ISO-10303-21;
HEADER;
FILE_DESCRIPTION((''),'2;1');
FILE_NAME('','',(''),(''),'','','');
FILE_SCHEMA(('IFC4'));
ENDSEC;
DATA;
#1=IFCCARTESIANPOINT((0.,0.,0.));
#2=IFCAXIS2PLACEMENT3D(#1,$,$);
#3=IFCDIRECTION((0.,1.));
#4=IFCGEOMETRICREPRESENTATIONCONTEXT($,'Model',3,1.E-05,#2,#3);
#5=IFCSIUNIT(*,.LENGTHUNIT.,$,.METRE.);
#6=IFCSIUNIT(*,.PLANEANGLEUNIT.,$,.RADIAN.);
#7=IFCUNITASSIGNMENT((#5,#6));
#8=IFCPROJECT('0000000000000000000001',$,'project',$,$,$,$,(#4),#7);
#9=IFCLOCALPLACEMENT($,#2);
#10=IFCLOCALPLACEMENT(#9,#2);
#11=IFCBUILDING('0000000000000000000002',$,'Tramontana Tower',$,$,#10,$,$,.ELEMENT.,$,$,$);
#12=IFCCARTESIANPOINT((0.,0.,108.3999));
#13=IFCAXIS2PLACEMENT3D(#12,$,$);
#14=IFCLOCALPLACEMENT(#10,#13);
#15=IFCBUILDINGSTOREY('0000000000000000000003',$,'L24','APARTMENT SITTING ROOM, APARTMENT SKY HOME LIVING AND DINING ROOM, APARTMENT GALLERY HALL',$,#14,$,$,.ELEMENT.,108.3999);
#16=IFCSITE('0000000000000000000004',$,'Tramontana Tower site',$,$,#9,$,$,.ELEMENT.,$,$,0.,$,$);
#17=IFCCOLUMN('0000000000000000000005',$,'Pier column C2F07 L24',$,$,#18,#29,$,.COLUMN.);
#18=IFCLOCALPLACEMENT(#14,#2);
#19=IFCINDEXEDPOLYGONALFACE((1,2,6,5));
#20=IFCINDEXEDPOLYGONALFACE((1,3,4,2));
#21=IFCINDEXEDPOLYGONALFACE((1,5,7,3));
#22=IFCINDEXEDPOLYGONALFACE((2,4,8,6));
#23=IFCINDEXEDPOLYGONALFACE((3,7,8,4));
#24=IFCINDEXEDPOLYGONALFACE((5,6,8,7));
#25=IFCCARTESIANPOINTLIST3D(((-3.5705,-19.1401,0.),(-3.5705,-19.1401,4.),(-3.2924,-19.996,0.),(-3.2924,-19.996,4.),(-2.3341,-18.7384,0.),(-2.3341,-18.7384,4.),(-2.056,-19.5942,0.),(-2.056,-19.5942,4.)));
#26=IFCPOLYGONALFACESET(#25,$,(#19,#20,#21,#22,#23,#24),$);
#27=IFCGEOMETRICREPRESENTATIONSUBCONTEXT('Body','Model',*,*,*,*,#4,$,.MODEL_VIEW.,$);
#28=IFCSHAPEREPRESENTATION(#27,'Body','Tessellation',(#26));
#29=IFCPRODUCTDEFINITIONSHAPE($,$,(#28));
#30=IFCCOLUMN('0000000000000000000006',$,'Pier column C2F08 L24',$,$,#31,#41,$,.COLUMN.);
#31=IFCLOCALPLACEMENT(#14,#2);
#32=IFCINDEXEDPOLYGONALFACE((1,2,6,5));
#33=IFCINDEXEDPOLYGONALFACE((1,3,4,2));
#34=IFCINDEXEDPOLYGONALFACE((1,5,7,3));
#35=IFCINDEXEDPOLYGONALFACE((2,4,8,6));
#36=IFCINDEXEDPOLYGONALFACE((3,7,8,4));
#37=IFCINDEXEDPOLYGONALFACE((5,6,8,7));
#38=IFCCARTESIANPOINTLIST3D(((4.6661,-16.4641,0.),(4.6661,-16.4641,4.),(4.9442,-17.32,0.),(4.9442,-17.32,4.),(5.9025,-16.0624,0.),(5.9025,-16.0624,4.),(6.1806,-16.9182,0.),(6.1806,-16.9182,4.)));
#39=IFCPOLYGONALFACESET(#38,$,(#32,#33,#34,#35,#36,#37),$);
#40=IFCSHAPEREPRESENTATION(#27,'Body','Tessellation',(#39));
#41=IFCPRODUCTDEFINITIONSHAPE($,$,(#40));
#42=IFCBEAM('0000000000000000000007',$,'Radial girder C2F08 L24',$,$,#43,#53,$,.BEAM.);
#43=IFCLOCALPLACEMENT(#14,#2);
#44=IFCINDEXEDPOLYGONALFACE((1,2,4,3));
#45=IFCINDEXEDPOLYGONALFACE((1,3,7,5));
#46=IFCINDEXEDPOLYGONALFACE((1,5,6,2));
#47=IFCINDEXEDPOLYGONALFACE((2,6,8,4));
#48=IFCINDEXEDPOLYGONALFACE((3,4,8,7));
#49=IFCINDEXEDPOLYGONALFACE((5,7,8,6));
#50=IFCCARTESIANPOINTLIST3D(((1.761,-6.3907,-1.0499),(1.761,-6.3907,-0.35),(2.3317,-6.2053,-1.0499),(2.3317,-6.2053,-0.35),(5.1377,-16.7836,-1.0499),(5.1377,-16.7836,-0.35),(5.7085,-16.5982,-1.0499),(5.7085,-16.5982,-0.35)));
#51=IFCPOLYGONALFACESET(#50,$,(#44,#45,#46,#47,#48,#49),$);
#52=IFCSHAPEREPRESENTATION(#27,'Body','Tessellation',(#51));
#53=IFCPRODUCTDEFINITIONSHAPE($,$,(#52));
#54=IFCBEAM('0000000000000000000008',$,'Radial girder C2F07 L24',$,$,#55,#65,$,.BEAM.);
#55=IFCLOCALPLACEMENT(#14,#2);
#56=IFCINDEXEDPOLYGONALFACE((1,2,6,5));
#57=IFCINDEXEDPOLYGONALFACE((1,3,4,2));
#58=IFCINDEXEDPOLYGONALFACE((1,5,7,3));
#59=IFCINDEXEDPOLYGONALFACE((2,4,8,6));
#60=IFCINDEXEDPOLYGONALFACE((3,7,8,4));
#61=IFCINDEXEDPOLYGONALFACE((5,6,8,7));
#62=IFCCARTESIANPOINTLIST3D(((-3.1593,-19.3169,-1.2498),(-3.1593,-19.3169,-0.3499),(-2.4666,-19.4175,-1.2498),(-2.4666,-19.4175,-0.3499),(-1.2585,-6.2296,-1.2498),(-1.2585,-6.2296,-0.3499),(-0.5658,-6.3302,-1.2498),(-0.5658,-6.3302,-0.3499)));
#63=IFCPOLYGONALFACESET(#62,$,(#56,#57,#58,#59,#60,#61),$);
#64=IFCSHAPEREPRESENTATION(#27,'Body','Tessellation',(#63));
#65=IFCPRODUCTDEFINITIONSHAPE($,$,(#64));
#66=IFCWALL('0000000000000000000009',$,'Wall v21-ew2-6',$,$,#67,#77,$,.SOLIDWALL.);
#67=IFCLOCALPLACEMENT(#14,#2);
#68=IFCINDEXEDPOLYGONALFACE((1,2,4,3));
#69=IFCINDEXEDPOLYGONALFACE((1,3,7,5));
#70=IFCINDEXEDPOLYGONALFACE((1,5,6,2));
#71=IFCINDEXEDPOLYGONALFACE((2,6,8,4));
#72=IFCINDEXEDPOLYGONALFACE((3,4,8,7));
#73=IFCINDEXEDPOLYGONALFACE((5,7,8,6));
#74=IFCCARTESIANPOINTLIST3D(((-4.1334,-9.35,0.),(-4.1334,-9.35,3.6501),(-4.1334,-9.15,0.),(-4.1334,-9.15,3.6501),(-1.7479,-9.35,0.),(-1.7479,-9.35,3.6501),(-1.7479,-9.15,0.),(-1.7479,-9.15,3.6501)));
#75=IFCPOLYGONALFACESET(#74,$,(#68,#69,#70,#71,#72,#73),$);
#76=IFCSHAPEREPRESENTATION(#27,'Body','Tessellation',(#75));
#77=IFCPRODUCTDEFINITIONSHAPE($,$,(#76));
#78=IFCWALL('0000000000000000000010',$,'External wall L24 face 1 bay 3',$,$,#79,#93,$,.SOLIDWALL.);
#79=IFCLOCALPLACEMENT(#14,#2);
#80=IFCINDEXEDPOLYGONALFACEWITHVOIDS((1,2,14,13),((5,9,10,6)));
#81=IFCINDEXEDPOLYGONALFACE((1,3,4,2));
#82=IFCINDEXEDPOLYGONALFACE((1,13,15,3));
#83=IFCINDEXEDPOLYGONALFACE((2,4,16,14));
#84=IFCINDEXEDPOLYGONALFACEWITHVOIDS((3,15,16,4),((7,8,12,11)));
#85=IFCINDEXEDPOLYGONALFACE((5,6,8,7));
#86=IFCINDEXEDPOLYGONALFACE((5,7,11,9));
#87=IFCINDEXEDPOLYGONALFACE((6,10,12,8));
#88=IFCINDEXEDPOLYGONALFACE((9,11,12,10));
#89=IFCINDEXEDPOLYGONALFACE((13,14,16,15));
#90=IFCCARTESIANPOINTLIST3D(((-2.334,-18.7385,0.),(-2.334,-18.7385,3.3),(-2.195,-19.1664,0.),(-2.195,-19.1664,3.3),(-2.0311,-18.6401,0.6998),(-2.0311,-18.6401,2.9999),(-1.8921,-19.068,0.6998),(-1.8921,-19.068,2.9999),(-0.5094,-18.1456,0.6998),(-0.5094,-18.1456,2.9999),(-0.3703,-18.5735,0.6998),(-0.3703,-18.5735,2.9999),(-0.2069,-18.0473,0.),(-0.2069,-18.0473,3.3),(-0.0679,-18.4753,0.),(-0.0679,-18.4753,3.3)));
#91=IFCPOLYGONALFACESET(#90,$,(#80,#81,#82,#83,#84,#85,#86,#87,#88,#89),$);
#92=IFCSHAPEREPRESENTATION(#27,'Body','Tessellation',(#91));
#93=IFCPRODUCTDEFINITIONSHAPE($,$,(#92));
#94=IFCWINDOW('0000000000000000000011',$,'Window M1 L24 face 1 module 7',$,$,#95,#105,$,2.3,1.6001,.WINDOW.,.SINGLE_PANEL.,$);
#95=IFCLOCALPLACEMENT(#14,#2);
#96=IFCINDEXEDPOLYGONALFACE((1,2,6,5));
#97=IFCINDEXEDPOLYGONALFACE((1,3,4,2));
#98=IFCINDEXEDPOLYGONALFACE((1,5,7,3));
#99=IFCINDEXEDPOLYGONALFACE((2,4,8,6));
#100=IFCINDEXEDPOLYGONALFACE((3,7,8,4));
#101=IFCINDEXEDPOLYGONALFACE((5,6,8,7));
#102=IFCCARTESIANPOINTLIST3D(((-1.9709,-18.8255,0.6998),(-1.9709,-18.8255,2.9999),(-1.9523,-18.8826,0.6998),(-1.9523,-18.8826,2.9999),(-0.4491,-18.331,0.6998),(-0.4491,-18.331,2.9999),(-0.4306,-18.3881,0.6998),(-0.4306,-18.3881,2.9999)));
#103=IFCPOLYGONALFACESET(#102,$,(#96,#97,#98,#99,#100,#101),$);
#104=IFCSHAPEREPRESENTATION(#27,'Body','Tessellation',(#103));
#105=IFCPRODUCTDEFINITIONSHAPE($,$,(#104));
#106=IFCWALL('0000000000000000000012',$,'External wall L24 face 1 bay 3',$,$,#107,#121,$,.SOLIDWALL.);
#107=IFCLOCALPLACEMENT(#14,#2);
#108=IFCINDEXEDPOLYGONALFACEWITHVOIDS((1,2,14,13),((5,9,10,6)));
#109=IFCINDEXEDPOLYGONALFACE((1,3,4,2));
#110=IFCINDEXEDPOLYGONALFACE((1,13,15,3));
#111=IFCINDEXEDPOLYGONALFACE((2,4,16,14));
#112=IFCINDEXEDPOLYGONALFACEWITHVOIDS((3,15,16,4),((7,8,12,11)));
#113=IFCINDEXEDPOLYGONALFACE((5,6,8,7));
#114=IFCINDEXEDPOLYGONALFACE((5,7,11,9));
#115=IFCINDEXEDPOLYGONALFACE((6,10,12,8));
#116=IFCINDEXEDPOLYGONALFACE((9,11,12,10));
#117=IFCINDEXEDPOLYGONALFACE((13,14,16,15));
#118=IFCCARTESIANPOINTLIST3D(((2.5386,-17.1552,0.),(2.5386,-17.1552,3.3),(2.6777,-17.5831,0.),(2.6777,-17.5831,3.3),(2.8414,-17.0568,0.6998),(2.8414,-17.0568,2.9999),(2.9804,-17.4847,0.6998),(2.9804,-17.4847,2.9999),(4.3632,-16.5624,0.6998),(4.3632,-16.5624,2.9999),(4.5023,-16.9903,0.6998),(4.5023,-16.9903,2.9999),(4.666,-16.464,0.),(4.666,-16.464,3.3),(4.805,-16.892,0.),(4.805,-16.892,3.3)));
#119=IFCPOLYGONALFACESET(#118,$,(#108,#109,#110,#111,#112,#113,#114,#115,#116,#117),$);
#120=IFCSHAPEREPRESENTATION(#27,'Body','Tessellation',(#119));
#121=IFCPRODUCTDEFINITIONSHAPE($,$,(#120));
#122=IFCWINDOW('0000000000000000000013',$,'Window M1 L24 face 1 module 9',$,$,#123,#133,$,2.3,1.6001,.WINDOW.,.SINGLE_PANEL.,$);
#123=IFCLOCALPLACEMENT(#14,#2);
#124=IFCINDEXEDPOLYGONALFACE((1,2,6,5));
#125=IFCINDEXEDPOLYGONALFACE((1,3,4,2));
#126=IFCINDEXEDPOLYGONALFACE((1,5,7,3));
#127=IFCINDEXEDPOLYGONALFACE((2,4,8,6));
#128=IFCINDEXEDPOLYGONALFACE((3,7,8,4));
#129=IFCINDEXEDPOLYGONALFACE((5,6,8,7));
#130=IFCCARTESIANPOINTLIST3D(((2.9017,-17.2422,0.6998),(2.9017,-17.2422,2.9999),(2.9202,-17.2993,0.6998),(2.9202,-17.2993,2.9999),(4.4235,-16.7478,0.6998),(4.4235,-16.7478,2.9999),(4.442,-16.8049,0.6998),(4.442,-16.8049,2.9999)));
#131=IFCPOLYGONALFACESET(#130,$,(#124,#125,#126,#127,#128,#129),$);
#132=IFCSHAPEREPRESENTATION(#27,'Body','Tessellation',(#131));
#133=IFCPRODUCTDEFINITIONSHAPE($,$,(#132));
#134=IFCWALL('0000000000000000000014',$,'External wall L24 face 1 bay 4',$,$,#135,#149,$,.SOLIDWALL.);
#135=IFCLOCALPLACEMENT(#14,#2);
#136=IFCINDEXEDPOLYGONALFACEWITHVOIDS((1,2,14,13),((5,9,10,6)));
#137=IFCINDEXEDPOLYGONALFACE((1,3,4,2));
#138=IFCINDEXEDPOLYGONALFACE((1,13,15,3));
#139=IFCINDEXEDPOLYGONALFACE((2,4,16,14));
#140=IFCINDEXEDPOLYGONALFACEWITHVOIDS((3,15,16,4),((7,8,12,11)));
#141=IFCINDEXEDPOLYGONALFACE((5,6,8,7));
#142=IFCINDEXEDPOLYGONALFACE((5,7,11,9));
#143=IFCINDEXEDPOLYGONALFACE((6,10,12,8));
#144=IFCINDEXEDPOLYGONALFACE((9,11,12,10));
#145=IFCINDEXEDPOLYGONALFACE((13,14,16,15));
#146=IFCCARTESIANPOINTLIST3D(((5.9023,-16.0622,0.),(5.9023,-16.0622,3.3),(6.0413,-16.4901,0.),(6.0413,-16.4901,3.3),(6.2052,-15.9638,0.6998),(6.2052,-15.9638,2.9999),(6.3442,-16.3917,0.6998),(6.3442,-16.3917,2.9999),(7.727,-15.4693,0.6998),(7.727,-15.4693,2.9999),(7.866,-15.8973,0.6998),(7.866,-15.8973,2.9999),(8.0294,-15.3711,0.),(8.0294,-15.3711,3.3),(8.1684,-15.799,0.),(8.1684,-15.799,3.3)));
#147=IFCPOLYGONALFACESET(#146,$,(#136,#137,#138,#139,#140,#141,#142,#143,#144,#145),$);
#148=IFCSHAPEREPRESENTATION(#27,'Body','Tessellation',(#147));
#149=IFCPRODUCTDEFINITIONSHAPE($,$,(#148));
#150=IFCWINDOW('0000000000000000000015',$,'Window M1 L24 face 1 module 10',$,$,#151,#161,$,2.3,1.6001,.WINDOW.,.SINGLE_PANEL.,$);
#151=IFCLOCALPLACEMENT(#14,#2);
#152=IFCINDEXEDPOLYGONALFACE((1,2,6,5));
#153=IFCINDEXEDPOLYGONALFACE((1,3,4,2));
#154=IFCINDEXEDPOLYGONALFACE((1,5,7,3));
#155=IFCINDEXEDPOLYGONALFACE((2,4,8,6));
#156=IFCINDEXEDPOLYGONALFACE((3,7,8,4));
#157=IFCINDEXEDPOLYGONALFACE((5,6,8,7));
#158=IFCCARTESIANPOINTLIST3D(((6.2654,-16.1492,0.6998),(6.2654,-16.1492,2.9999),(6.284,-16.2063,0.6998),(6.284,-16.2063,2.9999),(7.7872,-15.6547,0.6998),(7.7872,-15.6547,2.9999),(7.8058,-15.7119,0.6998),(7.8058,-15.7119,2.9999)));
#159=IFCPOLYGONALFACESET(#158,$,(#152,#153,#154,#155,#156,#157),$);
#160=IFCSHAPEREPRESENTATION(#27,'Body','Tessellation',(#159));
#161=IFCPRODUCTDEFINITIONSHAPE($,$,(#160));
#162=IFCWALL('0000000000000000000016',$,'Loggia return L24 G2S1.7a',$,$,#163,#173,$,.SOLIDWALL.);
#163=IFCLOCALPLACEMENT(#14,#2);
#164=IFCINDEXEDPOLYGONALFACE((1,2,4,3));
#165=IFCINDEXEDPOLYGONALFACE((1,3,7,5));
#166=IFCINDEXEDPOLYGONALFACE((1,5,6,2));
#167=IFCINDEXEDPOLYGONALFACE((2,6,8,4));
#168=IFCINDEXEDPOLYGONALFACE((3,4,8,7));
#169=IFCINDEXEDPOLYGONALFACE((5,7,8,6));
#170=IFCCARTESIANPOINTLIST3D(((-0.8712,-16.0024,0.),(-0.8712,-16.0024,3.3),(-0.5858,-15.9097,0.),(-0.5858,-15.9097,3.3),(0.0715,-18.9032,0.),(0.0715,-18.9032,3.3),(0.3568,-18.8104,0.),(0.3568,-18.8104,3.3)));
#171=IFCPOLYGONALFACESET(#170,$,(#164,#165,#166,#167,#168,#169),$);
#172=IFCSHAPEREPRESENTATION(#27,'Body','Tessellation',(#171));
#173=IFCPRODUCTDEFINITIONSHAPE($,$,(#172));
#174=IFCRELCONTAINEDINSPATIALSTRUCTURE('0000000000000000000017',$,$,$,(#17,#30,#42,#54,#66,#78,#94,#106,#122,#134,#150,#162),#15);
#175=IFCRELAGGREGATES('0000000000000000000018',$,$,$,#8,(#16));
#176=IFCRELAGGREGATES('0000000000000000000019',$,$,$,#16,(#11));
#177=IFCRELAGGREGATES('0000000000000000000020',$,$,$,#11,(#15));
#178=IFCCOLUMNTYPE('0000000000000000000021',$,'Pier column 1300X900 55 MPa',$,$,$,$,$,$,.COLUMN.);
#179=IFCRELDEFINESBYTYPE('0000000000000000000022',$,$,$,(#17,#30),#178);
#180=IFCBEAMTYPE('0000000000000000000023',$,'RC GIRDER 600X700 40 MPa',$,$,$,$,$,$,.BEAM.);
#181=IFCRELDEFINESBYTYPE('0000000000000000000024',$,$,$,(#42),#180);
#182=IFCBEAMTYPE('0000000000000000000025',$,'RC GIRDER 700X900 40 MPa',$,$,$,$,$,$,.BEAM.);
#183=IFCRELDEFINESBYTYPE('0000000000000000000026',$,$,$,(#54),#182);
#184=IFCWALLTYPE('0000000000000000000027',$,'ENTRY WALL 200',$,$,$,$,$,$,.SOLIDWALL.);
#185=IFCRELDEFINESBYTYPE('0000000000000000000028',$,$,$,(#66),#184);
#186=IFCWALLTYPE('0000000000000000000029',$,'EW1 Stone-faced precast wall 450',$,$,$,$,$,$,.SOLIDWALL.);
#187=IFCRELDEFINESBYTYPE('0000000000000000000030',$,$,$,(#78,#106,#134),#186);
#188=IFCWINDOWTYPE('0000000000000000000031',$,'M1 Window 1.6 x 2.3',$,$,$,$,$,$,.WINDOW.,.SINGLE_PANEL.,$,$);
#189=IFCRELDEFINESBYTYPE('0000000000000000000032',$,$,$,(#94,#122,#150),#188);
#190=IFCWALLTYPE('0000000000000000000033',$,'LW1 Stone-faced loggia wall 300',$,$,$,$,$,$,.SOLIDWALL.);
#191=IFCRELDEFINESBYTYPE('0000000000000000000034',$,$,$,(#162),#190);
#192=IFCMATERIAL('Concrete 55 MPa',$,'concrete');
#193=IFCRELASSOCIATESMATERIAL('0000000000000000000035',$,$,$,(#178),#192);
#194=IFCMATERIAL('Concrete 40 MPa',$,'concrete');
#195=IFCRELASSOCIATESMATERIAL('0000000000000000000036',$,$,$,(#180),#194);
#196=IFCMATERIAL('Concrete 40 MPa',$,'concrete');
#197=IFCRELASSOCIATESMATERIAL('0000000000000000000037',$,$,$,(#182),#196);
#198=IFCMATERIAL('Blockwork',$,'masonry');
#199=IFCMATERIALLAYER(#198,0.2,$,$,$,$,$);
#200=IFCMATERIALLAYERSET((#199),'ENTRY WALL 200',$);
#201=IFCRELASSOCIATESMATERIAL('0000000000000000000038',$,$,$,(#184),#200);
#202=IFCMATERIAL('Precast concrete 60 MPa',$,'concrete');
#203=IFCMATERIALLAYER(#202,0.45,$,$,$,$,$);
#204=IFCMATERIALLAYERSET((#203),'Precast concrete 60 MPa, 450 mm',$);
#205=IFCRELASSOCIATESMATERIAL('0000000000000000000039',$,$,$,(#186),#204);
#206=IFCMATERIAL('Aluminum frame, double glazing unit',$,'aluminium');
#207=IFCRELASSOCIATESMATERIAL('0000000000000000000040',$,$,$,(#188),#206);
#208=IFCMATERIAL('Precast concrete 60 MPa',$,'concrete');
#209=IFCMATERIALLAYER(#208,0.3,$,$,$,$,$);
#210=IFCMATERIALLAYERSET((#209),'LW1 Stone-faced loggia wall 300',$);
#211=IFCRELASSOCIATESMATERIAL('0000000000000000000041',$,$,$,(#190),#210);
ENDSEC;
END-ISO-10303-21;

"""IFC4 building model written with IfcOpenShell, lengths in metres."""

from ifc_helpers import new_model, si_unit, direction, frame, frame_2d, origin, origin_2d, place, context, subcontext, project, spatial, rectangle, extrude, material, layer, layer_set, material_profile, profile_set, type_object, element, fill, save


model = new_model("IFC4")

# Units and contexts
model_context = context("Model", 3, precision=1e-05, world=origin(), true_north=direction((0.0, 1.0)))
body_context = subcontext(model_context, "Body", "Model", "MODEL_VIEW")
ifc_project = project(units=[si_unit("LENGTHUNIT", "METRE"), si_unit("PLANEANGLEUNIT", "RADIAN")], contexts=[model_context])

# Site, building, storey
site_placement = place(None, origin())
site = spatial("IfcSite", under=ifc_project, at=site_placement, Name="Tramontana Tower site", CompositionType="ELEMENT", RefElevation=0.0)
building_placement = place(site_placement, origin())
building = spatial("IfcBuilding", under=site, at=building_placement, Name="Tramontana Tower", CompositionType="ELEMENT")
storey_placement = place(building_placement, frame((0.0, 0.0, 108.3999)))
storey = spatial("IfcBuildingStorey", under=building, at=storey_placement, Name="L24", Description="APARTMENT SITTING ROOM, APARTMENT SKY HOME LIVING AND DINING ROOM, APARTMENT GALLERY HALL", CompositionType="ELEMENT", Elevation=108.3999)

# Columns
ifc_material_1 = material(Name="Concrete 55 MPa", Category="concrete")
ifc_material_profile_1 = material_profile(ifc_material_1, rectangle(XDim=1.3, YDim=0.8999, at=origin_2d()), Name="Pier column 1300X900 55 MPa")
ifc_profile_set_1 = profile_set([ifc_material_profile_1], Name="Concrete 55 MPa")
column_type = type_object("IfcColumnType", Name="Pier column 1300X900 55 MPa", PredefinedType="COLUMN", material=ifc_profile_set_1)
for number, where, z_axis, x_axis, name in (
    (1, (-2.8132, -19.3672, 0.0), (0.0, 0.0, 1.0), (0.951057, 0.309017, 0.0), "Pier column C2F07 L24"),
    (2, (5.4233, -16.6912, 0.0), (0.0, 0.0, 1.0), (0.951057, 0.309017, 0.0), "Pier column C2F08 L24"),
):
    element("IfcColumn", number, at=place(storey_placement, frame(where, z_axis=z_axis, x_axis=x_axis)), inside=storey, type_object=column_type, Name=name, PredefinedType="COLUMN", context=body_context, shape_type="SweptSolid", body=[
        extrude(rectangle(XDim=1.3, YDim=0.8999, at=origin_2d()), origin(), (0.0, 0.0, 1.0), 4.0),
    ])

# Beams
ifc_material_2 = material(Name="Concrete 40 MPa", Category="concrete")
ifc_material_profile_2 = material_profile(ifc_material_2, rectangle(XDim=0.6001, YDim=0.7, at=origin_2d()), Name="RC GIRDER 600X700 40 MPa")
ifc_profile_set_2 = profile_set([ifc_material_profile_2], Name="Concrete 40 MPa")
beam_type_1 = type_object("IfcBeamType", Name="RC GIRDER 600X700 40 MPa", PredefinedType="BEAM", material=ifc_profile_set_2)
beam_1_placement = place(storey_placement, frame((5.4231, -16.6909, -0.7), z_axis=(-0.309007, 0.95106, 0.0), x_axis=(-0.95106, -0.309007, 0.0)))
element("IfcBeam", 3, at=beam_1_placement, inside=storey, type_object=beam_type_1, Name="Radial girder C2F08 L24", PredefinedType="BEAM", context=body_context, shape_type="SweptSolid", body=[
    extrude(rectangle(XDim=0.6001, YDim=0.7, at=origin_2d()), origin(), (0.0, 0.0, 1.0), 10.9277),
])
ifc_material_3 = material(Name="Concrete 40 MPa", Category="concrete")
ifc_material_profile_3 = material_profile(ifc_material_3, rectangle(XDim=0.7, YDim=0.8999, at=origin_2d()), Name="RC GIRDER 700X900 40 MPa")
ifc_profile_set_3 = profile_set([ifc_material_profile_3], Name="Concrete 40 MPa")
beam_type_2 = type_object("IfcBeamType", Name="RC GIRDER 700X900 40 MPa", PredefinedType="BEAM", material=ifc_profile_set_3)
beam_2_placement = place(storey_placement, frame((-2.813, -19.3672, -0.7998), z_axis=(0.143737, 0.989616, 0.0), x_axis=(-0.989616, 0.143737, 0.0)))
element("IfcBeam", 4, at=beam_2_placement, inside=storey, type_object=beam_type_2, Name="Radial girder C2F07 L24", PredefinedType="BEAM", context=body_context, shape_type="SweptSolid", body=[
    extrude(rectangle(XDim=0.7, YDim=0.8999, at=origin_2d()), origin(), (0.0, 0.0, 1.0), 13.2246),
])

# Wall
ifc_material_4 = material(Name="Blockwork", Category="masonry")
ifc_layer_1 = layer(ifc_material_4, 0.2)
ifc_layer_set_1 = layer_set([ifc_layer_1], Name="ENTRY WALL 200")
wall_type_1 = type_object("IfcWallType", Name="ENTRY WALL 200", PredefinedType="SOLIDWALL", material=ifc_layer_set_1)
wall_1_placement = place(storey_placement, frame((-1.7478, -9.25, 0.0), z_axis=(0.0, 0.0, 1.0), x_axis=(-1.0, 0.0, 0.0)))
element("IfcWall", 5, at=wall_1_placement, inside=storey, type_object=wall_type_1, Name="Wall v21-ew2-6", PredefinedType="SOLIDWALL", context=body_context, shape_type="SweptSolid", body=[
    extrude(rectangle(XDim=2.3855, YDim=0.2, at=frame_2d((1.1929, 0.0))), origin(), (0.0, 0.0, 1.0), 3.6501),
])

# Walls, openings, windows
ifc_material_5 = material(Name="Precast concrete 60 MPa", Category="concrete")
ifc_layer_2 = layer(ifc_material_5, 0.45)
ifc_layer_set_2 = layer_set([ifc_layer_2], Name="Precast concrete 60 MPa, 450 mm")
wall_type_2 = type_object("IfcWallType", Name="EW1 Stone-faced precast wall 450", PredefinedType="SOLIDWALL", material=ifc_layer_set_2)
wall_2_placement = place(storey_placement, frame((-2.2644, -18.9524, 0.0), z_axis=(0.0, 0.0, 1.0), x_axis=(0.951057, 0.309014, 0.0)))
wall_2 = element("IfcWall", 6, at=wall_2_placement, inside=storey, type_object=wall_type_2, Name="External wall L24 face 1 bay 3", PredefinedType="SOLIDWALL", context=body_context, shape_type="SweptSolid", body=[
    extrude(rectangle(XDim=2.2366, YDim=0.45, at=frame_2d((1.1182, 0.0))), origin(), (0.0, 0.0, 1.0), 3.3),
])
opening_1_placement = place(wall_2_placement, frame((0.3184, 0.0, 0.7)))
opening_1 = element("IfcOpeningElement", 7, at=opening_1_placement, cuts=wall_2, PredefinedType="OPENING", context=body_context, shape_type="SweptSolid", body=[
    extrude(rectangle(XDim=1.6001, YDim=2.3, at=frame_2d((0.8, 1.1499))), frame((0.0, 0.2349, 0.0), z_axis=(0.0, -1.0, 0.0), x_axis=(1.0, 0.0, 0.0)), (0.0, 0.0, 1.0), 0.47),
])
ifc_material_6 = material(Name="Aluminum frame, double glazing unit", Category="aluminium")
window_type = type_object("IfcWindowType", Name="M1 Window 1.6 x 2.3", PartitioningType="SINGLE_PANEL", PredefinedType="WINDOW", material=ifc_material_6)
window_1_placement = place(opening_1_placement, origin())
window_1 = element("IfcWindow", 8, at=window_1_placement, inside=storey, type_object=window_type, Name="Window M1 L24 face 1 module 7", OverallHeight=2.3, OverallWidth=1.6001, PartitioningType="SINGLE_PANEL", PredefinedType="WINDOW", context=body_context, shape_type="SweptSolid", body=[
    extrude(rectangle(XDim=1.6001, YDim=2.3, at=frame_2d((0.8, 1.1499))), frame((0.0, 0.03, 0.0), z_axis=(0.0, -1.0, 0.0), x_axis=(1.0, 0.0, 0.0)), (0.0, 0.0, 1.0), 0.0601),
])
fill(opening_1, window_1)
wall_3_placement = place(storey_placement, frame((2.6082, -17.3691, 0.0), z_axis=(0.0, 0.0, 1.0), x_axis=(0.951068, 0.308982, 0.0)))
wall_3 = element("IfcWall", 9, at=wall_3_placement, inside=storey, type_object=wall_type_2, Name="External wall L24 face 1 bay 3", PredefinedType="SOLIDWALL", context=body_context, shape_type="SweptSolid", body=[
    extrude(rectangle(XDim=2.2368, YDim=0.45, at=frame_2d((1.1184, 0.0))), origin(), (0.0, 0.0, 1.0), 3.3),
])
opening_2_placement = place(wall_3_placement, frame((0.3184, 0.0, 0.7)))
opening_2 = element("IfcOpeningElement", 10, at=opening_2_placement, cuts=wall_3, PredefinedType="OPENING", context=body_context, shape_type="SweptSolid", body=[
    extrude(rectangle(XDim=1.6001, YDim=2.3, at=frame_2d((0.8, 1.1499))), frame((0.0, 0.2349, 0.0), z_axis=(0.0, -1.0, 0.0), x_axis=(1.0, 0.0, 0.0)), (0.0, 0.0, 1.0), 0.47),
])
window_2_placement = place(opening_2_placement, origin())
window_2 = element("IfcWindow", 11, at=window_2_placement, inside=storey, type_object=window_type, Name="Window M1 L24 face 1 module 9", OverallHeight=2.3, OverallWidth=1.6001, PartitioningType="SINGLE_PANEL", PredefinedType="WINDOW", context=body_context, shape_type="SweptSolid", body=[
    extrude(rectangle(XDim=1.6001, YDim=2.3, at=frame_2d((0.8, 1.1499))), frame((0.0, 0.03, 0.0), z_axis=(0.0, -1.0, 0.0), x_axis=(1.0, 0.0, 0.0)), (0.0, 0.0, 1.0), 0.0601),
])
fill(opening_2, window_2)
wall_4_placement = place(storey_placement, frame((5.9719, -16.2761, 0.0), z_axis=(0.0, 0.0, 1.0), x_axis=(0.951057, 0.309014, 0.0)))
wall_4 = element("IfcWall", 12, at=wall_4_placement, inside=storey, type_object=wall_type_2, Name="External wall L24 face 1 bay 4", PredefinedType="SOLIDWALL", context=body_context, shape_type="SweptSolid", body=[
    extrude(rectangle(XDim=2.2366, YDim=0.45, at=frame_2d((1.1182, 0.0))), origin(), (0.0, 0.0, 1.0), 3.3),
])
opening_3_placement = place(wall_4_placement, frame((0.3184, 0.0, 0.7)))
opening_3 = element("IfcOpeningElement", 13, at=opening_3_placement, cuts=wall_4, PredefinedType="OPENING", context=body_context, shape_type="SweptSolid", body=[
    extrude(rectangle(XDim=1.6001, YDim=2.3, at=frame_2d((0.8, 1.1499))), frame((0.0, 0.2349, 0.0), z_axis=(0.0, -1.0, 0.0), x_axis=(1.0, 0.0, 0.0)), (0.0, 0.0, 1.0), 0.47),
])
window_3_placement = place(opening_3_placement, origin())
window_3 = element("IfcWindow", 14, at=window_3_placement, inside=storey, type_object=window_type, Name="Window M1 L24 face 1 module 10", OverallHeight=2.3, OverallWidth=1.6001, PartitioningType="SINGLE_PANEL", PredefinedType="WINDOW", context=body_context, shape_type="SweptSolid", body=[
    extrude(rectangle(XDim=1.6001, YDim=2.3, at=frame_2d((0.8, 1.1499))), frame((0.0, 0.03, 0.0), z_axis=(0.0, -1.0, 0.0), x_axis=(1.0, 0.0, 0.0)), (0.0, 0.0, 1.0), 0.0601),
])
fill(opening_3, window_3)

# Shared definitions
ifc_material_7 = material(Name="Precast concrete 60 MPa", Category="concrete")
ifc_layer_3 = layer(ifc_material_7, 0.3)
ifc_layer_set_3 = layer_set([ifc_layer_3], Name="LW1 Stone-faced loggia wall 300")
wall_type_3 = type_object("IfcWallType", Name="LW1 Stone-faced loggia wall 300", PredefinedType="SOLIDWALL", material=ifc_layer_set_3)

# Wall
wall_5_placement = place(storey_placement, frame((0.2141, -18.8567, 0.0), z_axis=(0.0, 0.0, 1.0), x_axis=(-0.309063, 0.951042, 0.0)))
element("IfcWall", 15, at=wall_5_placement, inside=storey, type_object=wall_type_3, Name="Loggia return L24 G2S1.7a", PredefinedType="SOLIDWALL", context=body_context, shape_type="SweptSolid", body=[
    extrude(rectangle(XDim=3.05, YDim=0.3, at=frame_2d((1.5249, 0.0))), origin(), (0.0, 0.0, 1.0), 3.3),
])

save(model, "model.ifc")
